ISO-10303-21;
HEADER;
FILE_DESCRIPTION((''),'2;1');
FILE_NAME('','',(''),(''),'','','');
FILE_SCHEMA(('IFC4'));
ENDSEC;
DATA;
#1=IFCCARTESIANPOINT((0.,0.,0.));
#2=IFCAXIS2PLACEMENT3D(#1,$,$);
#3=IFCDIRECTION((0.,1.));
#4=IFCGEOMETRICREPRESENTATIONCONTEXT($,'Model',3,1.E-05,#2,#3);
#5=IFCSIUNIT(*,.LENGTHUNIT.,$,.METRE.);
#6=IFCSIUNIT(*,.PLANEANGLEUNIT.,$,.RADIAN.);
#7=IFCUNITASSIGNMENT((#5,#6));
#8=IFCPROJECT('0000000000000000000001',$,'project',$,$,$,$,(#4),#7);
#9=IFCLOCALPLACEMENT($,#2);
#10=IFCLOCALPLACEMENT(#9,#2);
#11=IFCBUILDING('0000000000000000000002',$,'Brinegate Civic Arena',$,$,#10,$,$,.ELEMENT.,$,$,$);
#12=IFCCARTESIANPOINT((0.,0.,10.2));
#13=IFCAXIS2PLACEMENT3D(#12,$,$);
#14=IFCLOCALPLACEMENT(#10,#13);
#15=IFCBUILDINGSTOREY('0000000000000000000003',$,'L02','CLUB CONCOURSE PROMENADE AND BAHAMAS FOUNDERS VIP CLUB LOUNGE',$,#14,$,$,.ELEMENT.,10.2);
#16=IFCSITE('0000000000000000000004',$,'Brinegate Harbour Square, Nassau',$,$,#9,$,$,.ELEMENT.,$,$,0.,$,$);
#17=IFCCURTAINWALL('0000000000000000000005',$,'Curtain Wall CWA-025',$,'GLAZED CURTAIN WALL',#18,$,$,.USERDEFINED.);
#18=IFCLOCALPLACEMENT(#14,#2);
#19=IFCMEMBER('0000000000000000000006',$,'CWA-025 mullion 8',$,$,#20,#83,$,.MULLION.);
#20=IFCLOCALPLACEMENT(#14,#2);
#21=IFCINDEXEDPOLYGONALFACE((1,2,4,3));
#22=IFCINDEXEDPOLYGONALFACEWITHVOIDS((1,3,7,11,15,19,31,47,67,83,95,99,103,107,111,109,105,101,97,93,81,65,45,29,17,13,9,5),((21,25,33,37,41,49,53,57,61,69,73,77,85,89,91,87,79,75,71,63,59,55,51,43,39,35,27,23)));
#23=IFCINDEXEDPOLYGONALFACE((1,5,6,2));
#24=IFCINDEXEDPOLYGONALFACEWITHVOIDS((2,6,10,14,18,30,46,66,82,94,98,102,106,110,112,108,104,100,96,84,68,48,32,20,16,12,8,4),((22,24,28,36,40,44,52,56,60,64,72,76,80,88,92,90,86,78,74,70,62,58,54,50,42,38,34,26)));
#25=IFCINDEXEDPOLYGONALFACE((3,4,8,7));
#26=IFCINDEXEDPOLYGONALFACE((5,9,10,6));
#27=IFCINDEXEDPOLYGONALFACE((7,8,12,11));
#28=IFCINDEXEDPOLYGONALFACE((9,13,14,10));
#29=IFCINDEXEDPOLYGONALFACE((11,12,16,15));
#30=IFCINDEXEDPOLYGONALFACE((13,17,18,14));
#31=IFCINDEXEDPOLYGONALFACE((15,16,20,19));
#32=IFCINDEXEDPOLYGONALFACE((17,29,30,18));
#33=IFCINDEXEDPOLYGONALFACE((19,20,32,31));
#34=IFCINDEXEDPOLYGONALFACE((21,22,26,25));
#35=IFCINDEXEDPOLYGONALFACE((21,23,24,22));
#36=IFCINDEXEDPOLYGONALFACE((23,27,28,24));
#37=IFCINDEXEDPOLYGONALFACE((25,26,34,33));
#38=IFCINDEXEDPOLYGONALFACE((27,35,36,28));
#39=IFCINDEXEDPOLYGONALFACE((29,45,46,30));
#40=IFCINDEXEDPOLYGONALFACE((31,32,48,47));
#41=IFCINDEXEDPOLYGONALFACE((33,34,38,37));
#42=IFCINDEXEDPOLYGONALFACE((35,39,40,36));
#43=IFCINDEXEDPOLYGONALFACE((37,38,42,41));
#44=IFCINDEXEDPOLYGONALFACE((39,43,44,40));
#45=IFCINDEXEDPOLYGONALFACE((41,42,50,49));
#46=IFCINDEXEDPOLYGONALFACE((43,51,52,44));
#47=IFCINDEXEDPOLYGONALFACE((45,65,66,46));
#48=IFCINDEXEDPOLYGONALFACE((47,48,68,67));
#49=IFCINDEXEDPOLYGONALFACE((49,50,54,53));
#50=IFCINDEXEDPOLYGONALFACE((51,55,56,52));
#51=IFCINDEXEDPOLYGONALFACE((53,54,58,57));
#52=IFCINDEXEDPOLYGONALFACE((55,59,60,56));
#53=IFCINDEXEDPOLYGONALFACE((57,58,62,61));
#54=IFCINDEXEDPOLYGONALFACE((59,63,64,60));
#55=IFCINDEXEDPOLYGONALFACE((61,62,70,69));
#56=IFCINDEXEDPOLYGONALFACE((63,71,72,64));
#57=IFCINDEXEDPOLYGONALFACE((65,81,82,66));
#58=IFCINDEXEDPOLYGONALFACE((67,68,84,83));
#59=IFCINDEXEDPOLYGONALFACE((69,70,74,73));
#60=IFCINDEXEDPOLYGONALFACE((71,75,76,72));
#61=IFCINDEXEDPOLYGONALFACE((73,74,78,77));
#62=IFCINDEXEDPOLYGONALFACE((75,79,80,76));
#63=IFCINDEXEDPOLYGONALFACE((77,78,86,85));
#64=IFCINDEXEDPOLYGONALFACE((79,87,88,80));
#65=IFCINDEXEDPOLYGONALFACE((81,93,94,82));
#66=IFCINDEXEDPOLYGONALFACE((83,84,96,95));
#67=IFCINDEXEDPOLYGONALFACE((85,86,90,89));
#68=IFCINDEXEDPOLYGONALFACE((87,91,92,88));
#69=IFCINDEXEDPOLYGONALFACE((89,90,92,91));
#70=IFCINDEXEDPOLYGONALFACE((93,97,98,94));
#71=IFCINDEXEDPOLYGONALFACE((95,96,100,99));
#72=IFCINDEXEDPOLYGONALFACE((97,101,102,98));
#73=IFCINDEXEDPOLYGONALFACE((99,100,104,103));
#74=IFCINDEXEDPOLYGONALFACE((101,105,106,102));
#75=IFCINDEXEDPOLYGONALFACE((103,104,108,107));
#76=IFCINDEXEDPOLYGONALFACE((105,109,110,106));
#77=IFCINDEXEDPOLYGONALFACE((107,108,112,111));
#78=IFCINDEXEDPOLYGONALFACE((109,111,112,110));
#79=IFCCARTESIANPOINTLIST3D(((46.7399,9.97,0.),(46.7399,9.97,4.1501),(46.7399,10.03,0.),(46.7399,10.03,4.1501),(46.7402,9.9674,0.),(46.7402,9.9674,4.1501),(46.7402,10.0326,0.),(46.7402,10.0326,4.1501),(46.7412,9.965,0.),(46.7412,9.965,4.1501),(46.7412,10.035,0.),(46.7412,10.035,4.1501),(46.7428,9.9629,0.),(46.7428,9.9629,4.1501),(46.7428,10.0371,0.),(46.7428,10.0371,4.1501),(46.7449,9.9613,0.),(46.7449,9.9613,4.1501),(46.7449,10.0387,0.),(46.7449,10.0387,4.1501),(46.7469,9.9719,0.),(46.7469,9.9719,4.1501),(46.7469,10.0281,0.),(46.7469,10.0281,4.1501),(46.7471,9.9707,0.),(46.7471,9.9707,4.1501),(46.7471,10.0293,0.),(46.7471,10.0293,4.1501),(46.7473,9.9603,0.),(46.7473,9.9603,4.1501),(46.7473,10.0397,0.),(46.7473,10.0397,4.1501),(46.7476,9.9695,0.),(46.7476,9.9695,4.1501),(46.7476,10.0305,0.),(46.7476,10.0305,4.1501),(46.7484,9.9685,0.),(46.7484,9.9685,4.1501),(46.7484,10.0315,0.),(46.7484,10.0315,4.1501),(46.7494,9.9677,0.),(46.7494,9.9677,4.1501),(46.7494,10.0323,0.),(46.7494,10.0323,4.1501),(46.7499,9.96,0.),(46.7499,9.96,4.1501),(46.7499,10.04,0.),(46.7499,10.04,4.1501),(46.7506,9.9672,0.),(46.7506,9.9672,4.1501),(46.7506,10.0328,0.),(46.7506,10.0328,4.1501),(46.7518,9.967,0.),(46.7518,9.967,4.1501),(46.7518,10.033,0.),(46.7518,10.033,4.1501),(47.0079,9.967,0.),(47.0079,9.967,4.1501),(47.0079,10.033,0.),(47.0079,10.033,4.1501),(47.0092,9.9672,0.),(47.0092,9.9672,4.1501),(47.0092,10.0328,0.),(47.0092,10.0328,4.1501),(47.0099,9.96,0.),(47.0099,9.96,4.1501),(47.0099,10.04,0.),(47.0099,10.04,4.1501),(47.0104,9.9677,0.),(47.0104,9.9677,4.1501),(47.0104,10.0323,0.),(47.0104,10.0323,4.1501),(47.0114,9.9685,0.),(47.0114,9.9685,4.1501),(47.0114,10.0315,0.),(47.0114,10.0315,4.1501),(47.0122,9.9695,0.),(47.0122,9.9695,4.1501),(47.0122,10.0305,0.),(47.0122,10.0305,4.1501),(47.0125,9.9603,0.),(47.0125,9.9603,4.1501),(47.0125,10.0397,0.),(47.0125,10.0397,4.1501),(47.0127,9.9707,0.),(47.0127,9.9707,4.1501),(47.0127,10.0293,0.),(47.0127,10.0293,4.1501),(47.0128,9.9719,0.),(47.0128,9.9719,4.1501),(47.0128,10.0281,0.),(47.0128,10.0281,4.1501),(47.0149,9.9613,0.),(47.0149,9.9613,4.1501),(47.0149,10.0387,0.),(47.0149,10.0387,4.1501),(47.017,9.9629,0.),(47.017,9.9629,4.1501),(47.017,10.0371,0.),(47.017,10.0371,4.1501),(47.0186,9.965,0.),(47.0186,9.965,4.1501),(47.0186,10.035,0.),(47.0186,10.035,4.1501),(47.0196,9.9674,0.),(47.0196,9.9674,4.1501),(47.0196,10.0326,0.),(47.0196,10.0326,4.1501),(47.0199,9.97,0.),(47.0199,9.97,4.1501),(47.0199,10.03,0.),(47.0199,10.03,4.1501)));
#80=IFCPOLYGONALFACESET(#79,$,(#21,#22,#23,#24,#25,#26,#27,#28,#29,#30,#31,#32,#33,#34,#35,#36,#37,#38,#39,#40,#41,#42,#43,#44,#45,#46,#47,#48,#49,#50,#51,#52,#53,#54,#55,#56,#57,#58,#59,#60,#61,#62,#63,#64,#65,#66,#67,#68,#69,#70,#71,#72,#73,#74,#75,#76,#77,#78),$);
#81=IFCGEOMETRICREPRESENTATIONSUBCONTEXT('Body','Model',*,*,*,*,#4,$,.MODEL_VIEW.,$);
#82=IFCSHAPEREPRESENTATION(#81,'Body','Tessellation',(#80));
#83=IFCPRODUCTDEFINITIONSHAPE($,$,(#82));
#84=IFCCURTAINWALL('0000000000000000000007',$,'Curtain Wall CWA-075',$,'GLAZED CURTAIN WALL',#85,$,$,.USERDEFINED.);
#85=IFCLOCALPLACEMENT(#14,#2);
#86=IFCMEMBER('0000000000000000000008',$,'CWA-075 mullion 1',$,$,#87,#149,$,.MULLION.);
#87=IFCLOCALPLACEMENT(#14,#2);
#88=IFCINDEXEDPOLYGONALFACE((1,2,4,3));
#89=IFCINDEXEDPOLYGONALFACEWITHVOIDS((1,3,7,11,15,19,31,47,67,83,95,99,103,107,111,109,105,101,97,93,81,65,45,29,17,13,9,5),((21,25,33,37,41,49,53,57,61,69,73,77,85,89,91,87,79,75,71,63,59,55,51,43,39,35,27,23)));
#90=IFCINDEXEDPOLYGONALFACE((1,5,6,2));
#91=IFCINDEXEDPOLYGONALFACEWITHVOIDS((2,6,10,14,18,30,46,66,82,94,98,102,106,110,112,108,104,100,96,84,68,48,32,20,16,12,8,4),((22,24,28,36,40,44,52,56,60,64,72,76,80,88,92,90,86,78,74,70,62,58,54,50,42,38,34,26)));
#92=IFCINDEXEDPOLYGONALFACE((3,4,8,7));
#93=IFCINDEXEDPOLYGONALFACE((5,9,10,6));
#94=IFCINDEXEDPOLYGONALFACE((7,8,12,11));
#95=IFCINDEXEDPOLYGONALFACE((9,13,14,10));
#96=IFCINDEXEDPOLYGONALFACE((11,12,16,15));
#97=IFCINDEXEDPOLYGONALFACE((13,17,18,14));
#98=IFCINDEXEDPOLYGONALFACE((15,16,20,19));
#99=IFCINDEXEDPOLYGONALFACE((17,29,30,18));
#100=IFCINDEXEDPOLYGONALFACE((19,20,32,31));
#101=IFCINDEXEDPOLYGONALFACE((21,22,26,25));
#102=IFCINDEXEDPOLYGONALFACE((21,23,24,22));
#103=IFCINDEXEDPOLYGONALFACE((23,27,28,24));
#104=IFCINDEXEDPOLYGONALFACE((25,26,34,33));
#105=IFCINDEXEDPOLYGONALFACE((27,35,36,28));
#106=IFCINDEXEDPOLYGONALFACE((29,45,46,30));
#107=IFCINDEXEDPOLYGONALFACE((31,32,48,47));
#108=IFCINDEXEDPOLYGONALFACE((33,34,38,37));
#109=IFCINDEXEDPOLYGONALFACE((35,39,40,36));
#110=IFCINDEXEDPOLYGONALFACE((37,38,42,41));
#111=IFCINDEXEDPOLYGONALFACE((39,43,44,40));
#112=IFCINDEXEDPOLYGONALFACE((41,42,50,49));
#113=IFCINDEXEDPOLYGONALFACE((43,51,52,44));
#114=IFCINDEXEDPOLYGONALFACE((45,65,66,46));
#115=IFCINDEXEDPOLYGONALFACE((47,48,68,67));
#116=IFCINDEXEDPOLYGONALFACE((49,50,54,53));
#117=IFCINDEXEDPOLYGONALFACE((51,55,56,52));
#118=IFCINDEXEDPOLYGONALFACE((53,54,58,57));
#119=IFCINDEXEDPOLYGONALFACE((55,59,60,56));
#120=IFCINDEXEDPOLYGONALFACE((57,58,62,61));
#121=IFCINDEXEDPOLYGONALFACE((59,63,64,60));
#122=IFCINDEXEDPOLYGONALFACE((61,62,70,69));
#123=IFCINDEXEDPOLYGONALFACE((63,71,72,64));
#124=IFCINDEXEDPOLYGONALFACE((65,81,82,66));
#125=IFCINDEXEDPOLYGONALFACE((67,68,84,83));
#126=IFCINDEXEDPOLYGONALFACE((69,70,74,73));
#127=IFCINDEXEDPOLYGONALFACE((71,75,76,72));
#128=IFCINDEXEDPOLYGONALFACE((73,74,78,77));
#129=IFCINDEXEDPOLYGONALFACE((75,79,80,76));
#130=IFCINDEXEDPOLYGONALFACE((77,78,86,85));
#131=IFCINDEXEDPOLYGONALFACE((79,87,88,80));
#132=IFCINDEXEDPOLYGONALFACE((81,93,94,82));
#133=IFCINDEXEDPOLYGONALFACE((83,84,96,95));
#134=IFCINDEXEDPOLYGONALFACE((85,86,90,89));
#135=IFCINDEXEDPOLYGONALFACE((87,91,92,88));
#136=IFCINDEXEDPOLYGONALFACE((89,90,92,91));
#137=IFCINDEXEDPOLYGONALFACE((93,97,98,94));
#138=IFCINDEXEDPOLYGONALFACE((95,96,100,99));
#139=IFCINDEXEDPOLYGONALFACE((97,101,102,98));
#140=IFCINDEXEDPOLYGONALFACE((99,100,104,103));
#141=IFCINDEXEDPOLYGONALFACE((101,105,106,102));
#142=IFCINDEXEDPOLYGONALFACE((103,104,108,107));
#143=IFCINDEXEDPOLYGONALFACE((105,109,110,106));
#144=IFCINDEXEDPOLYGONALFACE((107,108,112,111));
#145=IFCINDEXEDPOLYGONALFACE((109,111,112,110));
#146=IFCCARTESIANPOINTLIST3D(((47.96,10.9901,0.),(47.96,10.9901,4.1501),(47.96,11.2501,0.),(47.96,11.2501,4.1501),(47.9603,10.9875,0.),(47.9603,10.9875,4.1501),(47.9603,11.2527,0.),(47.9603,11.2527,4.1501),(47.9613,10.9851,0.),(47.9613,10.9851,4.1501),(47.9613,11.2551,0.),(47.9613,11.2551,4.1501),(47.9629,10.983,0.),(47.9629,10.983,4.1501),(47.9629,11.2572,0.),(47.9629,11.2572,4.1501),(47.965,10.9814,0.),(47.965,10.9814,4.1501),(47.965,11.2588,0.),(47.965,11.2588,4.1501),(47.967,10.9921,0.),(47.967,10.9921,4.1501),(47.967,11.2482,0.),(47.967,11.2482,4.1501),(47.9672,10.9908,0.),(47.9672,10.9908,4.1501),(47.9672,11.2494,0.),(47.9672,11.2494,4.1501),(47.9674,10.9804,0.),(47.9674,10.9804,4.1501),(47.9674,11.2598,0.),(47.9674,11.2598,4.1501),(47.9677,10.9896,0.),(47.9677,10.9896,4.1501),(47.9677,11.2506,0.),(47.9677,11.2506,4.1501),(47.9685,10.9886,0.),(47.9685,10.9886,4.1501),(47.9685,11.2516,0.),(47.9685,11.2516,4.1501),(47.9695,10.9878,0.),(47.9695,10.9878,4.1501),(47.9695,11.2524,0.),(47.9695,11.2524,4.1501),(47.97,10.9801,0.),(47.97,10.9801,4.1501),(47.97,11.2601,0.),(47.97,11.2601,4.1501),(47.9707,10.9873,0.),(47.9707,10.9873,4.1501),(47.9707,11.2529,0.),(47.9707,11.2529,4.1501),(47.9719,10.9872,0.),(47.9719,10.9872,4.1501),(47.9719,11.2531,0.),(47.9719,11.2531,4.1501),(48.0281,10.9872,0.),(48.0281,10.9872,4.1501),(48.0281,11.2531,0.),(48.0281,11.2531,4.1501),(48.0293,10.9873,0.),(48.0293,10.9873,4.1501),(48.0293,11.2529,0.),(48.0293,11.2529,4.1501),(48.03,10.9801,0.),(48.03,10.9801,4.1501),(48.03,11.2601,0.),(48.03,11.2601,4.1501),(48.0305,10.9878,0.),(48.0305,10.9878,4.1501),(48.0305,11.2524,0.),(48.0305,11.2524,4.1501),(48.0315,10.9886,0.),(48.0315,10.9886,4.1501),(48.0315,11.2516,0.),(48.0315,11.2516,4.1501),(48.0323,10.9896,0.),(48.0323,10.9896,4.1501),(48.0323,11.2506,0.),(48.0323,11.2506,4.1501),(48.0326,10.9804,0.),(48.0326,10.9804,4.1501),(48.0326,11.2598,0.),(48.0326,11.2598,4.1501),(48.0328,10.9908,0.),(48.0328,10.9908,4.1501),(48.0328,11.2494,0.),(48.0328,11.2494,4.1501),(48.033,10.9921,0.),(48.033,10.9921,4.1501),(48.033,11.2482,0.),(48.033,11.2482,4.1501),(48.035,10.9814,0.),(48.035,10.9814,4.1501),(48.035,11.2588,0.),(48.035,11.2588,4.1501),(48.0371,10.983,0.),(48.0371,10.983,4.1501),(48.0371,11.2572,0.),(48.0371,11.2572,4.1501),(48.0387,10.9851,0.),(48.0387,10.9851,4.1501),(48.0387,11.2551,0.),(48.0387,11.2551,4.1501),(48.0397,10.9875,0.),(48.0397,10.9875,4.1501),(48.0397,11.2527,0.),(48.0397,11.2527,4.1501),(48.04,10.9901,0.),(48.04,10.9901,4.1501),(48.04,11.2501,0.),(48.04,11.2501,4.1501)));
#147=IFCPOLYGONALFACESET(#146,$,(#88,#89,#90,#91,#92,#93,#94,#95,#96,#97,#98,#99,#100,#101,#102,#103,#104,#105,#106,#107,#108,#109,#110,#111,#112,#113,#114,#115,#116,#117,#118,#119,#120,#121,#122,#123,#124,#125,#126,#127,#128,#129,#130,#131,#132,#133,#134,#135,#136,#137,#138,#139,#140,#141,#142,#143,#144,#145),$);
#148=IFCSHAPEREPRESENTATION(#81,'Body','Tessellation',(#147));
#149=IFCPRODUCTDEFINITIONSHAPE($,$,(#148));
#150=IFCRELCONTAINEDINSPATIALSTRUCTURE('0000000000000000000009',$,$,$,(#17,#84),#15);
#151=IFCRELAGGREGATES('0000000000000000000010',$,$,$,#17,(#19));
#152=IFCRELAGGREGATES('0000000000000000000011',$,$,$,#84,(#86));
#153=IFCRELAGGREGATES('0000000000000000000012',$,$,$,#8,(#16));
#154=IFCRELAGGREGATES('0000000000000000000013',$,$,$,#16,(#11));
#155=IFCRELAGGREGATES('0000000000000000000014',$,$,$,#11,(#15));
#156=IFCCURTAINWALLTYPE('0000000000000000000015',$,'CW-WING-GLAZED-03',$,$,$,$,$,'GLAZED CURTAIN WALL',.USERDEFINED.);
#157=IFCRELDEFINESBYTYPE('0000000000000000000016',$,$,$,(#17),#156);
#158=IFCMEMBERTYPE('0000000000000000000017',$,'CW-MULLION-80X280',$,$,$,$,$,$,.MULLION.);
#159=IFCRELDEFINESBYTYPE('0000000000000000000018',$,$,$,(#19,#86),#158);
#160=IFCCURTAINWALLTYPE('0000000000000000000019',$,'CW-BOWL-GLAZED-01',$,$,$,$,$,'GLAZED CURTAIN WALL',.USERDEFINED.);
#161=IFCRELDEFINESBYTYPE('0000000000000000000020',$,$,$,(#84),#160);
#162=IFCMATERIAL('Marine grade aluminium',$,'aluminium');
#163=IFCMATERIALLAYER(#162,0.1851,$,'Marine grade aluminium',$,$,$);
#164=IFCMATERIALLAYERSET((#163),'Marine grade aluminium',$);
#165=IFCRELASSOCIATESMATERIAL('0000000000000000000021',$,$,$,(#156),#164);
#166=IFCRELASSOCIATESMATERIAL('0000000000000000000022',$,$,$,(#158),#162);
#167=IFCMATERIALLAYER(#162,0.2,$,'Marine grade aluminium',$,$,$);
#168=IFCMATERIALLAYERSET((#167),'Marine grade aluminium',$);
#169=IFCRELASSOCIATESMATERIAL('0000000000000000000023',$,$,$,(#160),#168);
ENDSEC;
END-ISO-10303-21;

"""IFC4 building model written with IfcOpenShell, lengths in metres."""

from ifc_helpers import new_model, si_unit, direction, frame, origin, origin_2d, place, context, subcontext, project, spatial, hollow_rectangle, extrude, material, layer, layer_set, material_profile, profile_set, type_object, element, aggregate, save


model = new_model("IFC4")

# Units and contexts
model_context = context("Model", 3, precision=1e-05, world=origin(), true_north=direction((0.0, 1.0)))
body_context = subcontext(model_context, "Body", "Model", "MODEL_VIEW")
ifc_project = project(units=[si_unit("LENGTHUNIT", "METRE"), si_unit("PLANEANGLEUNIT", "RADIAN")], contexts=[model_context])

# Site, building, storey
site_placement = place(None, origin())
site = spatial("IfcSite", under=ifc_project, at=site_placement, Name="Brinegate Harbour Square, Nassau", CompositionType="ELEMENT", RefElevation=0.0)
building_placement = place(site_placement, origin())
building = spatial("IfcBuilding", under=site, at=building_placement, Name="Brinegate Civic Arena", CompositionType="ELEMENT")
storey_placement = place(building_placement, frame((0.0, 0.0, 10.2)))
storey = spatial("IfcBuildingStorey", under=building, at=storey_placement, Name="L02", Description="CLUB CONCOURSE PROMENADE AND BAHAMAS FOUNDERS VIP CLUB LOUNGE", CompositionType="ELEMENT", Elevation=10.2)

# Curtain walls, members
ifc_material_1 = material(Name="Marine grade aluminium", Category="aluminium")
ifc_layer_1 = layer(ifc_material_1, 0.1851, Name="Marine grade aluminium")
ifc_layer_set_1 = layer_set([ifc_layer_1], Name="Marine grade aluminium")
curtain_wall_type_1 = type_object("IfcCurtainWallType", Name="CW-WING-GLAZED-03", ElementType="GLAZED CURTAIN WALL", PredefinedType="USERDEFINED", material=ifc_layer_set_1)
curtain_wall_1_placement = place(storey_placement, origin())
curtain_wall_1 = element("IfcCurtainWall", 1, at=curtain_wall_1_placement, inside=storey, type_object=curtain_wall_type_1, Name="Curtain Wall CWA-025", ObjectType="GLAZED CURTAIN WALL", PredefinedType="USERDEFINED")
ifc_material_profile_1 = material_profile(ifc_material_1, hollow_rectangle(XDim=0.0801, YDim=0.28, WallThickness=0.0071, InnerFilletRadius=0.0049, OuterFilletRadius=0.01, at=origin_2d()), Name="MUL80X280")
ifc_profile_set_1 = profile_set([ifc_material_profile_1], Name="Marine grade aluminium")
member_type_1 = type_object("IfcMemberType", Name="CW-MULLION-80X280", PredefinedType="MULLION", material=ifc_profile_set_1)
member_1_placement = place(storey_placement, frame((46.8799, 10.0, 0.0), z_axis=(0.0, 0.0, 1.0), x_axis=(0.0, 1.0, 0.0)))
member_1 = element("IfcMember", 2, at=member_1_placement, type_object=member_type_1, Name="CWA-025 mullion 8", PredefinedType="MULLION", context=body_context, shape_type="SweptSolid", body=[
    extrude(hollow_rectangle(XDim=0.0801, YDim=0.28, WallThickness=0.0071, InnerFilletRadius=0.0049, OuterFilletRadius=0.01, at=origin_2d()), origin(), (0.0, 0.0, 1.0), 4.1501),
])
ifc_layer_2 = layer(ifc_material_1, 0.2, Name="Marine grade aluminium")
ifc_layer_set_2 = layer_set([ifc_layer_2], Name="Marine grade aluminium")
curtain_wall_type_2 = type_object("IfcCurtainWallType", Name="CW-BOWL-GLAZED-01", ElementType="GLAZED CURTAIN WALL", PredefinedType="USERDEFINED", material=ifc_layer_set_2)
curtain_wall_2_placement = place(storey_placement, origin())
curtain_wall_2 = element("IfcCurtainWall", 3, at=curtain_wall_2_placement, inside=storey, type_object=curtain_wall_type_2, Name="Curtain Wall CWA-075", ObjectType="GLAZED CURTAIN WALL", PredefinedType="USERDEFINED")
member_2_placement = place(storey_placement, frame((48.0, 11.1201, 0.0), z_axis=(0.0, 0.0, 1.0), x_axis=(-1.0, 0.0, 0.0)))
member_2 = element("IfcMember", 4, at=member_2_placement, type_object=member_type_1, Name="CWA-075 mullion 1", PredefinedType="MULLION", context=body_context, shape_type="SweptSolid", body=[
    extrude(hollow_rectangle(XDim=0.0801, YDim=0.28, WallThickness=0.0071, InnerFilletRadius=0.0049, OuterFilletRadius=0.01, at=origin_2d()), origin(), (0.0, 0.0, 1.0), 4.1501),
])

aggregate(curtain_wall_1, [member_1])
aggregate(curtain_wall_2, [member_2])

save(model, "model.ifc")
